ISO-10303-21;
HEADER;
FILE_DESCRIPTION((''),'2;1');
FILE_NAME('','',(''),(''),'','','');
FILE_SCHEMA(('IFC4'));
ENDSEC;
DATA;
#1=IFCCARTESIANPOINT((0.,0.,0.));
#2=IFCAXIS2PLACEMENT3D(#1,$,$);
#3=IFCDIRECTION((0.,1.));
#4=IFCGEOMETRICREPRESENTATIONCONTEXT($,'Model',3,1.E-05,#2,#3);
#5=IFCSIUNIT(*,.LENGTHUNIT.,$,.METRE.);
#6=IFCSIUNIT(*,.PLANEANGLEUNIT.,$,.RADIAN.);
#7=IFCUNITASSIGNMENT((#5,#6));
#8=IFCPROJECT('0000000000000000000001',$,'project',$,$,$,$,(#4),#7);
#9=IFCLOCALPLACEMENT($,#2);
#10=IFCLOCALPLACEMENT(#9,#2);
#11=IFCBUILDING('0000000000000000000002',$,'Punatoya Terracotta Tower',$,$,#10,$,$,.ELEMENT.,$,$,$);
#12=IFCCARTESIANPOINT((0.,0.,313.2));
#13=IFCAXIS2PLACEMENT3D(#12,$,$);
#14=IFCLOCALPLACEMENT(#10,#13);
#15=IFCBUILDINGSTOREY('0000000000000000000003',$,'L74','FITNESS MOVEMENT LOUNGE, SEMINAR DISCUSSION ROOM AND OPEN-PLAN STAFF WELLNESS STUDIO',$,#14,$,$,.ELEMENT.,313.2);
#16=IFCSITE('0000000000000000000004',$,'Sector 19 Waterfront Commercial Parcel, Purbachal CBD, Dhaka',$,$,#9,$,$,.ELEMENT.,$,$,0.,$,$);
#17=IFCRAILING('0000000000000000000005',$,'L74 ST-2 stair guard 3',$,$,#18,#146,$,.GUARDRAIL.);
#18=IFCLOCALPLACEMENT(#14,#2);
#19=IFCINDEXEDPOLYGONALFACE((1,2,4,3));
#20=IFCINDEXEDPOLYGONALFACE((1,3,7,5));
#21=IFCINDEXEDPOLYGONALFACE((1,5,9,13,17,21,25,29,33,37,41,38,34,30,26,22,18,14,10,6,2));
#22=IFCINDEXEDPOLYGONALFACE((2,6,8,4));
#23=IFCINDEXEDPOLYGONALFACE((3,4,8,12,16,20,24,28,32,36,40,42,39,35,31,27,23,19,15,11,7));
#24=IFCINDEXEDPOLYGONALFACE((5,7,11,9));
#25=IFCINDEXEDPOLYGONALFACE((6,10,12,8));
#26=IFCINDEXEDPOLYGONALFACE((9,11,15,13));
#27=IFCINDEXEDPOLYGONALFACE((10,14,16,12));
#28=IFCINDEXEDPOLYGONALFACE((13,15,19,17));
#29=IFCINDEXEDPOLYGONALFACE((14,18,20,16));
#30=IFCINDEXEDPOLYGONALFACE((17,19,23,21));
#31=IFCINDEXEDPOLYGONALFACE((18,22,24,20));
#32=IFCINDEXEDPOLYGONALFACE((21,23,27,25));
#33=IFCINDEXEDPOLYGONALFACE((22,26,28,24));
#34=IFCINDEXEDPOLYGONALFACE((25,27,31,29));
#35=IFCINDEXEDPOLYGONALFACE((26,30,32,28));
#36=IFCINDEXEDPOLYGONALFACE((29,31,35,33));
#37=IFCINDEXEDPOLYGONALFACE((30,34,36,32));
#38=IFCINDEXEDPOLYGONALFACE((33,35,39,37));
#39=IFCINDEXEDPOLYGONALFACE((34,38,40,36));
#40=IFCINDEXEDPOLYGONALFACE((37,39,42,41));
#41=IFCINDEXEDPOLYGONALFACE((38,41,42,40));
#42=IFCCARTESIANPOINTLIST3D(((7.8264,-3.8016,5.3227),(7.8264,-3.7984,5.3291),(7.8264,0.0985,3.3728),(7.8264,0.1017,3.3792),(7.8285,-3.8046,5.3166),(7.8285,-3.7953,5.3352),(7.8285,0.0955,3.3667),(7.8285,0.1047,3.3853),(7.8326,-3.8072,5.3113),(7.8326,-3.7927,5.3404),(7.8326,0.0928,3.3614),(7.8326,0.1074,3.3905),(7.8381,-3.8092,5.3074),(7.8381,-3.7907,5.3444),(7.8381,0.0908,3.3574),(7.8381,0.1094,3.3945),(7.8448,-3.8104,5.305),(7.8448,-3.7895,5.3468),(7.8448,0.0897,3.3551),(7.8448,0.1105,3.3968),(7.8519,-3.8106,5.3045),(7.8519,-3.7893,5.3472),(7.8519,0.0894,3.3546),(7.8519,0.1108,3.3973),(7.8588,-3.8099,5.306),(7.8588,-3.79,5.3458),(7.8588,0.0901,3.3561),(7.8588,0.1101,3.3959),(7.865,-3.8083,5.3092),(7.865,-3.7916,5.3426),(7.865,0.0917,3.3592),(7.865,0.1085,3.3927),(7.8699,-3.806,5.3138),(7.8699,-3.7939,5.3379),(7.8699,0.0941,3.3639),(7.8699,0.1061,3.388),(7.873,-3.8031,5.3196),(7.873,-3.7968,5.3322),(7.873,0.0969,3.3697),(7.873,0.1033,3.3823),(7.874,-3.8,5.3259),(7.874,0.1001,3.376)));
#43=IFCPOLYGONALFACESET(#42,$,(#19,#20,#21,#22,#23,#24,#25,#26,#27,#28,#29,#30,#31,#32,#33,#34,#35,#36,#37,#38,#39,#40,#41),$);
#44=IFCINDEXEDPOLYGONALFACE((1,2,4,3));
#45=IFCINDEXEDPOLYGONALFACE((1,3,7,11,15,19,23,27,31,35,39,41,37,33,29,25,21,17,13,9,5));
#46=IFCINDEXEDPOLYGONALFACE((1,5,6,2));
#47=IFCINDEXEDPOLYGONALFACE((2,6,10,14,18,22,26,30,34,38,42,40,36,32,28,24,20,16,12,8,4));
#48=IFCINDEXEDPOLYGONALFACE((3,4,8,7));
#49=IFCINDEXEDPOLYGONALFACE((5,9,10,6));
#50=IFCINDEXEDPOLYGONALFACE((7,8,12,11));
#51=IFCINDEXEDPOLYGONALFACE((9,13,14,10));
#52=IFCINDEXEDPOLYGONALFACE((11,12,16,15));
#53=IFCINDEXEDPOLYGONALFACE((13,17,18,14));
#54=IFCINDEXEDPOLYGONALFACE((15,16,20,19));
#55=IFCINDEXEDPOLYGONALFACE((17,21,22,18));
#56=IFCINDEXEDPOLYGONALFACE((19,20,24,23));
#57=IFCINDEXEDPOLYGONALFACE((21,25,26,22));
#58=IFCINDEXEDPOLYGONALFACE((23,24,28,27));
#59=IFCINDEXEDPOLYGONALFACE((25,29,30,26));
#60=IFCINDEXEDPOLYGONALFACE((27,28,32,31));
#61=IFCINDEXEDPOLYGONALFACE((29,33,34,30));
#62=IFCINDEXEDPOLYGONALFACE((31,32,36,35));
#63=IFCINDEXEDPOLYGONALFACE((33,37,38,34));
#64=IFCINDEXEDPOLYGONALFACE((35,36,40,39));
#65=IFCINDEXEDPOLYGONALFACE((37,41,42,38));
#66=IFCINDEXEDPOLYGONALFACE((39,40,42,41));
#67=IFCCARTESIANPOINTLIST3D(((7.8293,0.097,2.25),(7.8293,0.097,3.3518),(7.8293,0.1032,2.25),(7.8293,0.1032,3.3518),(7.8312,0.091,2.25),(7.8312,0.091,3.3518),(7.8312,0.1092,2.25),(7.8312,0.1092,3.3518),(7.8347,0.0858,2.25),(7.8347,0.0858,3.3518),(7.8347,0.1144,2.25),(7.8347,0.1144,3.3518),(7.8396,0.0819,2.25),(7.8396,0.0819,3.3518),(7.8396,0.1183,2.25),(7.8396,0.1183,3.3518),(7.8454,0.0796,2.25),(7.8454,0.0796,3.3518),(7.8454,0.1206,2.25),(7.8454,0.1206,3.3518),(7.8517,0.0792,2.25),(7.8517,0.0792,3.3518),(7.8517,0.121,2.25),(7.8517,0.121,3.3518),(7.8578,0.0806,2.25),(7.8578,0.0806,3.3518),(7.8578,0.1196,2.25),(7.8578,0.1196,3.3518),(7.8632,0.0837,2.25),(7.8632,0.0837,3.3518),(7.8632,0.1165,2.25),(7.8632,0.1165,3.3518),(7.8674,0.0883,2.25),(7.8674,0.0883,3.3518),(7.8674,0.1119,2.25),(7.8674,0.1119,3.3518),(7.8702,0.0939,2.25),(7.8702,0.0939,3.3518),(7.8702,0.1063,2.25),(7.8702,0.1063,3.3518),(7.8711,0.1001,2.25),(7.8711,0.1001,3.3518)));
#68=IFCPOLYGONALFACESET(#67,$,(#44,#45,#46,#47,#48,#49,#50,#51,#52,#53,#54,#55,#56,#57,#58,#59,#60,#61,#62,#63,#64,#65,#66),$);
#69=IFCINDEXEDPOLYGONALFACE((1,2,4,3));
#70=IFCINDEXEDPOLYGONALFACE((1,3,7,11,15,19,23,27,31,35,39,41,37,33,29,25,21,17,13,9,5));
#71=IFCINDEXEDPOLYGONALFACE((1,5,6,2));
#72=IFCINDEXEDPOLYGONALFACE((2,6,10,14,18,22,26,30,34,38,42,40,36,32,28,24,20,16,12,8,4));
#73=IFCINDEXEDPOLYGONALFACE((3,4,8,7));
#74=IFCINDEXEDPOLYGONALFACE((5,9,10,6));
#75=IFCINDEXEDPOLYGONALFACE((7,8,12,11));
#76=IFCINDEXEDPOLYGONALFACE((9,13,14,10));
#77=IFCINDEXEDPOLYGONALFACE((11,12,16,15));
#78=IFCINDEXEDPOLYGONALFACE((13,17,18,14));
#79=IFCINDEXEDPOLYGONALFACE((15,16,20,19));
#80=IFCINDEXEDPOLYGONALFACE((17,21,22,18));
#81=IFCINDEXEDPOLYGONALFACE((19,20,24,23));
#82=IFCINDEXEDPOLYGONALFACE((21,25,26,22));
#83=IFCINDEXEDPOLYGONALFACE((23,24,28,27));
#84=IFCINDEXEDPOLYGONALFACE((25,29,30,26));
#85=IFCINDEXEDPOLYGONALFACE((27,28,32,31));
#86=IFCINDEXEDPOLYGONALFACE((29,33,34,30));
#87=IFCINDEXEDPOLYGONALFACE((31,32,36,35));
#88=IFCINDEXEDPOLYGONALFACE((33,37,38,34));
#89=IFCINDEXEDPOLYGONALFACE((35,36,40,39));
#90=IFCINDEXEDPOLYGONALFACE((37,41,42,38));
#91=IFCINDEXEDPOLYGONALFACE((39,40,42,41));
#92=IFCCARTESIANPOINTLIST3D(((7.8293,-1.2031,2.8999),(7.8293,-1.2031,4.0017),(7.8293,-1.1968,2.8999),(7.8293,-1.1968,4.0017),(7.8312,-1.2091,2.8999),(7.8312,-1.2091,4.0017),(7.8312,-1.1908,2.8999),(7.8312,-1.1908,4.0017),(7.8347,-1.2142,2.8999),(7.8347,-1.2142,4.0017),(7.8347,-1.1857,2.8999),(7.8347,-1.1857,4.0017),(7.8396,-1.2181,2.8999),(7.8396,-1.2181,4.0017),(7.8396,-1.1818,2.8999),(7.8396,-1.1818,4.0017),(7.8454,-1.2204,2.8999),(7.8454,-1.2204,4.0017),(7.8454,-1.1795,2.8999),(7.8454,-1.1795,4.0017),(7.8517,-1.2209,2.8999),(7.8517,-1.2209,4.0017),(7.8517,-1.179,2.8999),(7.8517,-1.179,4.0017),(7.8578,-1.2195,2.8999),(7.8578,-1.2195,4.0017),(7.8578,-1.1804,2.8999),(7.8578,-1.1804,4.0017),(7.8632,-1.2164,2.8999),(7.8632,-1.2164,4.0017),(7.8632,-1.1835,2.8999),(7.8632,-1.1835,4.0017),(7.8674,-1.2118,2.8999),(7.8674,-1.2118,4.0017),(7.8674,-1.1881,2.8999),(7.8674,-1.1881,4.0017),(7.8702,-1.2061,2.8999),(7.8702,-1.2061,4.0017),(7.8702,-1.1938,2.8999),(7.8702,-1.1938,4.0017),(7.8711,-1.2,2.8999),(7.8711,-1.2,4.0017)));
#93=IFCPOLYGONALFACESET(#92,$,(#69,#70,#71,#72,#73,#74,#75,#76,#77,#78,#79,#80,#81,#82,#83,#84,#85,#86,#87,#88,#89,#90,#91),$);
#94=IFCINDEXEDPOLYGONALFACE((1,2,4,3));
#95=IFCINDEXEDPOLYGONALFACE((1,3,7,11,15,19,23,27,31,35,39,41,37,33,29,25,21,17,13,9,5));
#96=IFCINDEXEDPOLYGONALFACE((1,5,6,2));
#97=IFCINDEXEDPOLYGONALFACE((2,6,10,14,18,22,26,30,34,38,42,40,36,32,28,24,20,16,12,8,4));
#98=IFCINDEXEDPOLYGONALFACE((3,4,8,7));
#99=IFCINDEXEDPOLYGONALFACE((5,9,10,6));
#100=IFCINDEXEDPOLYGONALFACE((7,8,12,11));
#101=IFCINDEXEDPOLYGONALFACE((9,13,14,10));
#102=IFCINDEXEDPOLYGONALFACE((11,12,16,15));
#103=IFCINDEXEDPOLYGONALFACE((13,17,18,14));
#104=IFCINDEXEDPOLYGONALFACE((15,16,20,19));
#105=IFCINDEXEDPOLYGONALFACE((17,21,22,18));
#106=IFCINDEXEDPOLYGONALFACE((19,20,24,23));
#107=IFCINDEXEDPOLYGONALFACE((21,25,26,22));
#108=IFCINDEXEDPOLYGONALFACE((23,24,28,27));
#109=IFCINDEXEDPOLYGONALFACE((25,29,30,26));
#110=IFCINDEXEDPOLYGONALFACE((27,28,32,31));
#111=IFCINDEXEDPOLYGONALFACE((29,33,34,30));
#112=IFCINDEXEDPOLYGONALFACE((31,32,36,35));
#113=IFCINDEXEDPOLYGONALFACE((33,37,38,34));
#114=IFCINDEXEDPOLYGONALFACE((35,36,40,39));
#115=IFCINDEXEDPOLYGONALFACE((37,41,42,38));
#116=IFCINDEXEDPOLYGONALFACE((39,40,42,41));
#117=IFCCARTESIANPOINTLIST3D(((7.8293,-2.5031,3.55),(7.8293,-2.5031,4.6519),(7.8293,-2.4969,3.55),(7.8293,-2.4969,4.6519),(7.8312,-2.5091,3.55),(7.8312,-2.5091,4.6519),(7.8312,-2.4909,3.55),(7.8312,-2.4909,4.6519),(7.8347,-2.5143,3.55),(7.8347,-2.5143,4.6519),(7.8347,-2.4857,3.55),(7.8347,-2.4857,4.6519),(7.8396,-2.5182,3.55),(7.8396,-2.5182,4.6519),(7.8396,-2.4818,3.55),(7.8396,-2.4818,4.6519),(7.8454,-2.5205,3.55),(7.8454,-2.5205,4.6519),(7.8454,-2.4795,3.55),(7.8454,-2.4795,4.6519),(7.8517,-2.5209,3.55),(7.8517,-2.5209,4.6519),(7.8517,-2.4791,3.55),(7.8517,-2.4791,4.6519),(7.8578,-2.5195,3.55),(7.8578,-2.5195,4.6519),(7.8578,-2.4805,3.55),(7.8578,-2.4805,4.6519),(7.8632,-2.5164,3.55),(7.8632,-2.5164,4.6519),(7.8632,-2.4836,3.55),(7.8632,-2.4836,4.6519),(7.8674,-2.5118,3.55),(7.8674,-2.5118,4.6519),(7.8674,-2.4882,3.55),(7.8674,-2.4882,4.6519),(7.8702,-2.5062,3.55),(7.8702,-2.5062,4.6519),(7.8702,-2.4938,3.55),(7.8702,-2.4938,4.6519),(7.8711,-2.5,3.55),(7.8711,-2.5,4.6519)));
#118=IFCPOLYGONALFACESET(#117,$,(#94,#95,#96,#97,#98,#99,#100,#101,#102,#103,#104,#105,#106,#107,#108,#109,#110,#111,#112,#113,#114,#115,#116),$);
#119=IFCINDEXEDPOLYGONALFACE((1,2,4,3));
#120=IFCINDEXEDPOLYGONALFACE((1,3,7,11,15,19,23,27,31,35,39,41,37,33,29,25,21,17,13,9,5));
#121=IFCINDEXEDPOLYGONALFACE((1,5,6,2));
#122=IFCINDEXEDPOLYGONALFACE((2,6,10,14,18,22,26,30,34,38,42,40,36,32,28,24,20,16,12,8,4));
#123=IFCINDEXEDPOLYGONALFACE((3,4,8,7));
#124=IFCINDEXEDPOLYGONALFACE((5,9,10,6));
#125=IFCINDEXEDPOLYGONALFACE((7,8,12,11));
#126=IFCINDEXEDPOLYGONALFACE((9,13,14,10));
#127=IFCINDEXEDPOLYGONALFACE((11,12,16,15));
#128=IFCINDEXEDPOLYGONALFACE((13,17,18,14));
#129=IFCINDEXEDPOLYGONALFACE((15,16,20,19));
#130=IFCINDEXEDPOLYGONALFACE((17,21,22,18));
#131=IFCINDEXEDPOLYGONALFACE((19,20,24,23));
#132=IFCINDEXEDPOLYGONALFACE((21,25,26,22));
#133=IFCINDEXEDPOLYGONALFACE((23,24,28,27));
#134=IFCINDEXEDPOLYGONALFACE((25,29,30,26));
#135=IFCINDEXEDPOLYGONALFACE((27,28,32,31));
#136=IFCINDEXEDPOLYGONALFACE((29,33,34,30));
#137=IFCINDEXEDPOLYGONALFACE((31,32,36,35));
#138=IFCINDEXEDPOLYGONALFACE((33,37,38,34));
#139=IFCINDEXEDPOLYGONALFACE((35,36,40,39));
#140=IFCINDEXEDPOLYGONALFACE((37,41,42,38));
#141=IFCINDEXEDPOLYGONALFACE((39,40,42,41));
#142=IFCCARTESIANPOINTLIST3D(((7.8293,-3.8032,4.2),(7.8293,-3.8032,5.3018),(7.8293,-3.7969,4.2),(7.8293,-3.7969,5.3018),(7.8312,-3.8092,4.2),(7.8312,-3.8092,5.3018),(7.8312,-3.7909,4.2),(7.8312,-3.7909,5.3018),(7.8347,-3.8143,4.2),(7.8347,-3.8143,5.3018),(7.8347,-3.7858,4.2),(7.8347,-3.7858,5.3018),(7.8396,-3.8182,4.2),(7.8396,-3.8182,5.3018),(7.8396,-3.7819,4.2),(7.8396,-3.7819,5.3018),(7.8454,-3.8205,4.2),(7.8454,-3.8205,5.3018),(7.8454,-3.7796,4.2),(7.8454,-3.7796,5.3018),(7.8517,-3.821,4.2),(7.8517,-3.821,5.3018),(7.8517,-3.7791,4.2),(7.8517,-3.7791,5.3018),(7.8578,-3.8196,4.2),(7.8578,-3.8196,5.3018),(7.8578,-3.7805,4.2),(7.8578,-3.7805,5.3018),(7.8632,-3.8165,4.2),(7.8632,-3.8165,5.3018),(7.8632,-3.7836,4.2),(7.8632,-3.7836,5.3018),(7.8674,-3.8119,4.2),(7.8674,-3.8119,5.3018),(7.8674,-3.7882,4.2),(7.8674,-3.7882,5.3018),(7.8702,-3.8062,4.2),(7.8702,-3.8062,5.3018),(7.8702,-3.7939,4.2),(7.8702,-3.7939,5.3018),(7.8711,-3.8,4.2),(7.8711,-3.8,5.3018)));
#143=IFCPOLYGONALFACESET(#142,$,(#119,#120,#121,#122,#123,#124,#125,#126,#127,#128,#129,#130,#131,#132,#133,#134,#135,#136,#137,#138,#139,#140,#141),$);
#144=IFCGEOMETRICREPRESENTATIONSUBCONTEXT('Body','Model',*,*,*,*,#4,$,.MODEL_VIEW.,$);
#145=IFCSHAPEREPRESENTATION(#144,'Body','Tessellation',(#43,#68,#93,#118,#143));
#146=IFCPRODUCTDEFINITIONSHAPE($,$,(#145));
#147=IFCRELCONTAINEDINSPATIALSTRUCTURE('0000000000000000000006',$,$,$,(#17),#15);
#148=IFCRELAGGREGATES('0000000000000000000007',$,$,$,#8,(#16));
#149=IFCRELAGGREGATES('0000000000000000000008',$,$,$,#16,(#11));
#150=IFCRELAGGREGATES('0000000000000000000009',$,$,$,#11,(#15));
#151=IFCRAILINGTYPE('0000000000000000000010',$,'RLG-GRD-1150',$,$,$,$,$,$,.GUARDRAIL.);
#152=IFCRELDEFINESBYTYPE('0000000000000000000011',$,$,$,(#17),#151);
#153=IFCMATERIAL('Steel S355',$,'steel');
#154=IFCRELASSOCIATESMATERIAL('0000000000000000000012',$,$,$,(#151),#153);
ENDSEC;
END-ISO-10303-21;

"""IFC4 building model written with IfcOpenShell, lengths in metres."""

from ifc_helpers import new_model, si_unit, direction, frame, origin, origin_2d, place, context, subcontext, project, spatial, circle, extrude, material, type_object, element, save


model = new_model("IFC4")

# Units and contexts
model_context = context("Model", 3, precision=1e-05, world=origin(), true_north=direction((0.0, 1.0)))
body_context = subcontext(model_context, "Body", "Model", "MODEL_VIEW")
ifc_project = project(units=[si_unit("LENGTHUNIT", "METRE"), si_unit("PLANEANGLEUNIT", "RADIAN")], contexts=[model_context])

# Site, building, storey
site_placement = place(None, origin())
site = spatial("IfcSite", under=ifc_project, at=site_placement, Name="Sector 19 Waterfront Commercial Parcel, Purbachal CBD, Dhaka", CompositionType="ELEMENT", RefElevation=0.0)
building_placement = place(site_placement, origin())
building = spatial("IfcBuilding", under=site, at=building_placement, Name="Punatoya Terracotta Tower", CompositionType="ELEMENT")
storey_placement = place(building_placement, frame((0.0, 0.0, 313.2)))
storey = spatial("IfcBuildingStorey", under=building, at=storey_placement, Name="L74", Description="FITNESS MOVEMENT LOUNGE, SEMINAR DISCUSSION ROOM AND OPEN-PLAN STAFF WELLNESS STUDIO", CompositionType="ELEMENT", Elevation=313.2)

# Shared definitions
ifc_material_1 = material(Name="Steel S355", Category="steel")

# Railing
railing_type_1 = type_object("IfcRailingType", Name="RLG-GRD-1150", PredefinedType="GUARDRAIL", material=ifc_material_1)
railing_1_placement = place(storey_placement, frame((7.8501, 0.1001, 2.25)))
element("IfcRailing", 1, at=railing_1_placement, inside=storey, type_object=railing_type_1, Name="L74 ST-2 stair guard 3", PredefinedType="GUARDRAIL", context=body_context, shape_type="SweptSolid", body=[
    extrude(circle(Radius=0.0239, at=origin_2d()), frame((0.0, 0.0, 1.126), z_axis=(0.0, -0.894438, 0.447191), x_axis=(1.0, 0.0, 0.0)), (0.0, 0.0, 1.0), 4.3604),
    extrude(circle(Radius=0.021, at=origin_2d()), origin(), (0.0, 0.0, 1.0), 1.1018),
    extrude(circle(Radius=0.021, at=origin_2d()), frame((0.0, -1.3, 0.6499)), (0.0, 0.0, 1.0), 1.1018),
    extrude(circle(Radius=0.021, at=origin_2d()), frame((0.0, -2.6001, 1.3)), (0.0, 0.0, 1.0), 1.1018),
    extrude(circle(Radius=0.021, at=origin_2d()), frame((0.0, -3.9001, 1.95)), (0.0, 0.0, 1.0), 1.1018),
])

save(model, "model.ifc")
